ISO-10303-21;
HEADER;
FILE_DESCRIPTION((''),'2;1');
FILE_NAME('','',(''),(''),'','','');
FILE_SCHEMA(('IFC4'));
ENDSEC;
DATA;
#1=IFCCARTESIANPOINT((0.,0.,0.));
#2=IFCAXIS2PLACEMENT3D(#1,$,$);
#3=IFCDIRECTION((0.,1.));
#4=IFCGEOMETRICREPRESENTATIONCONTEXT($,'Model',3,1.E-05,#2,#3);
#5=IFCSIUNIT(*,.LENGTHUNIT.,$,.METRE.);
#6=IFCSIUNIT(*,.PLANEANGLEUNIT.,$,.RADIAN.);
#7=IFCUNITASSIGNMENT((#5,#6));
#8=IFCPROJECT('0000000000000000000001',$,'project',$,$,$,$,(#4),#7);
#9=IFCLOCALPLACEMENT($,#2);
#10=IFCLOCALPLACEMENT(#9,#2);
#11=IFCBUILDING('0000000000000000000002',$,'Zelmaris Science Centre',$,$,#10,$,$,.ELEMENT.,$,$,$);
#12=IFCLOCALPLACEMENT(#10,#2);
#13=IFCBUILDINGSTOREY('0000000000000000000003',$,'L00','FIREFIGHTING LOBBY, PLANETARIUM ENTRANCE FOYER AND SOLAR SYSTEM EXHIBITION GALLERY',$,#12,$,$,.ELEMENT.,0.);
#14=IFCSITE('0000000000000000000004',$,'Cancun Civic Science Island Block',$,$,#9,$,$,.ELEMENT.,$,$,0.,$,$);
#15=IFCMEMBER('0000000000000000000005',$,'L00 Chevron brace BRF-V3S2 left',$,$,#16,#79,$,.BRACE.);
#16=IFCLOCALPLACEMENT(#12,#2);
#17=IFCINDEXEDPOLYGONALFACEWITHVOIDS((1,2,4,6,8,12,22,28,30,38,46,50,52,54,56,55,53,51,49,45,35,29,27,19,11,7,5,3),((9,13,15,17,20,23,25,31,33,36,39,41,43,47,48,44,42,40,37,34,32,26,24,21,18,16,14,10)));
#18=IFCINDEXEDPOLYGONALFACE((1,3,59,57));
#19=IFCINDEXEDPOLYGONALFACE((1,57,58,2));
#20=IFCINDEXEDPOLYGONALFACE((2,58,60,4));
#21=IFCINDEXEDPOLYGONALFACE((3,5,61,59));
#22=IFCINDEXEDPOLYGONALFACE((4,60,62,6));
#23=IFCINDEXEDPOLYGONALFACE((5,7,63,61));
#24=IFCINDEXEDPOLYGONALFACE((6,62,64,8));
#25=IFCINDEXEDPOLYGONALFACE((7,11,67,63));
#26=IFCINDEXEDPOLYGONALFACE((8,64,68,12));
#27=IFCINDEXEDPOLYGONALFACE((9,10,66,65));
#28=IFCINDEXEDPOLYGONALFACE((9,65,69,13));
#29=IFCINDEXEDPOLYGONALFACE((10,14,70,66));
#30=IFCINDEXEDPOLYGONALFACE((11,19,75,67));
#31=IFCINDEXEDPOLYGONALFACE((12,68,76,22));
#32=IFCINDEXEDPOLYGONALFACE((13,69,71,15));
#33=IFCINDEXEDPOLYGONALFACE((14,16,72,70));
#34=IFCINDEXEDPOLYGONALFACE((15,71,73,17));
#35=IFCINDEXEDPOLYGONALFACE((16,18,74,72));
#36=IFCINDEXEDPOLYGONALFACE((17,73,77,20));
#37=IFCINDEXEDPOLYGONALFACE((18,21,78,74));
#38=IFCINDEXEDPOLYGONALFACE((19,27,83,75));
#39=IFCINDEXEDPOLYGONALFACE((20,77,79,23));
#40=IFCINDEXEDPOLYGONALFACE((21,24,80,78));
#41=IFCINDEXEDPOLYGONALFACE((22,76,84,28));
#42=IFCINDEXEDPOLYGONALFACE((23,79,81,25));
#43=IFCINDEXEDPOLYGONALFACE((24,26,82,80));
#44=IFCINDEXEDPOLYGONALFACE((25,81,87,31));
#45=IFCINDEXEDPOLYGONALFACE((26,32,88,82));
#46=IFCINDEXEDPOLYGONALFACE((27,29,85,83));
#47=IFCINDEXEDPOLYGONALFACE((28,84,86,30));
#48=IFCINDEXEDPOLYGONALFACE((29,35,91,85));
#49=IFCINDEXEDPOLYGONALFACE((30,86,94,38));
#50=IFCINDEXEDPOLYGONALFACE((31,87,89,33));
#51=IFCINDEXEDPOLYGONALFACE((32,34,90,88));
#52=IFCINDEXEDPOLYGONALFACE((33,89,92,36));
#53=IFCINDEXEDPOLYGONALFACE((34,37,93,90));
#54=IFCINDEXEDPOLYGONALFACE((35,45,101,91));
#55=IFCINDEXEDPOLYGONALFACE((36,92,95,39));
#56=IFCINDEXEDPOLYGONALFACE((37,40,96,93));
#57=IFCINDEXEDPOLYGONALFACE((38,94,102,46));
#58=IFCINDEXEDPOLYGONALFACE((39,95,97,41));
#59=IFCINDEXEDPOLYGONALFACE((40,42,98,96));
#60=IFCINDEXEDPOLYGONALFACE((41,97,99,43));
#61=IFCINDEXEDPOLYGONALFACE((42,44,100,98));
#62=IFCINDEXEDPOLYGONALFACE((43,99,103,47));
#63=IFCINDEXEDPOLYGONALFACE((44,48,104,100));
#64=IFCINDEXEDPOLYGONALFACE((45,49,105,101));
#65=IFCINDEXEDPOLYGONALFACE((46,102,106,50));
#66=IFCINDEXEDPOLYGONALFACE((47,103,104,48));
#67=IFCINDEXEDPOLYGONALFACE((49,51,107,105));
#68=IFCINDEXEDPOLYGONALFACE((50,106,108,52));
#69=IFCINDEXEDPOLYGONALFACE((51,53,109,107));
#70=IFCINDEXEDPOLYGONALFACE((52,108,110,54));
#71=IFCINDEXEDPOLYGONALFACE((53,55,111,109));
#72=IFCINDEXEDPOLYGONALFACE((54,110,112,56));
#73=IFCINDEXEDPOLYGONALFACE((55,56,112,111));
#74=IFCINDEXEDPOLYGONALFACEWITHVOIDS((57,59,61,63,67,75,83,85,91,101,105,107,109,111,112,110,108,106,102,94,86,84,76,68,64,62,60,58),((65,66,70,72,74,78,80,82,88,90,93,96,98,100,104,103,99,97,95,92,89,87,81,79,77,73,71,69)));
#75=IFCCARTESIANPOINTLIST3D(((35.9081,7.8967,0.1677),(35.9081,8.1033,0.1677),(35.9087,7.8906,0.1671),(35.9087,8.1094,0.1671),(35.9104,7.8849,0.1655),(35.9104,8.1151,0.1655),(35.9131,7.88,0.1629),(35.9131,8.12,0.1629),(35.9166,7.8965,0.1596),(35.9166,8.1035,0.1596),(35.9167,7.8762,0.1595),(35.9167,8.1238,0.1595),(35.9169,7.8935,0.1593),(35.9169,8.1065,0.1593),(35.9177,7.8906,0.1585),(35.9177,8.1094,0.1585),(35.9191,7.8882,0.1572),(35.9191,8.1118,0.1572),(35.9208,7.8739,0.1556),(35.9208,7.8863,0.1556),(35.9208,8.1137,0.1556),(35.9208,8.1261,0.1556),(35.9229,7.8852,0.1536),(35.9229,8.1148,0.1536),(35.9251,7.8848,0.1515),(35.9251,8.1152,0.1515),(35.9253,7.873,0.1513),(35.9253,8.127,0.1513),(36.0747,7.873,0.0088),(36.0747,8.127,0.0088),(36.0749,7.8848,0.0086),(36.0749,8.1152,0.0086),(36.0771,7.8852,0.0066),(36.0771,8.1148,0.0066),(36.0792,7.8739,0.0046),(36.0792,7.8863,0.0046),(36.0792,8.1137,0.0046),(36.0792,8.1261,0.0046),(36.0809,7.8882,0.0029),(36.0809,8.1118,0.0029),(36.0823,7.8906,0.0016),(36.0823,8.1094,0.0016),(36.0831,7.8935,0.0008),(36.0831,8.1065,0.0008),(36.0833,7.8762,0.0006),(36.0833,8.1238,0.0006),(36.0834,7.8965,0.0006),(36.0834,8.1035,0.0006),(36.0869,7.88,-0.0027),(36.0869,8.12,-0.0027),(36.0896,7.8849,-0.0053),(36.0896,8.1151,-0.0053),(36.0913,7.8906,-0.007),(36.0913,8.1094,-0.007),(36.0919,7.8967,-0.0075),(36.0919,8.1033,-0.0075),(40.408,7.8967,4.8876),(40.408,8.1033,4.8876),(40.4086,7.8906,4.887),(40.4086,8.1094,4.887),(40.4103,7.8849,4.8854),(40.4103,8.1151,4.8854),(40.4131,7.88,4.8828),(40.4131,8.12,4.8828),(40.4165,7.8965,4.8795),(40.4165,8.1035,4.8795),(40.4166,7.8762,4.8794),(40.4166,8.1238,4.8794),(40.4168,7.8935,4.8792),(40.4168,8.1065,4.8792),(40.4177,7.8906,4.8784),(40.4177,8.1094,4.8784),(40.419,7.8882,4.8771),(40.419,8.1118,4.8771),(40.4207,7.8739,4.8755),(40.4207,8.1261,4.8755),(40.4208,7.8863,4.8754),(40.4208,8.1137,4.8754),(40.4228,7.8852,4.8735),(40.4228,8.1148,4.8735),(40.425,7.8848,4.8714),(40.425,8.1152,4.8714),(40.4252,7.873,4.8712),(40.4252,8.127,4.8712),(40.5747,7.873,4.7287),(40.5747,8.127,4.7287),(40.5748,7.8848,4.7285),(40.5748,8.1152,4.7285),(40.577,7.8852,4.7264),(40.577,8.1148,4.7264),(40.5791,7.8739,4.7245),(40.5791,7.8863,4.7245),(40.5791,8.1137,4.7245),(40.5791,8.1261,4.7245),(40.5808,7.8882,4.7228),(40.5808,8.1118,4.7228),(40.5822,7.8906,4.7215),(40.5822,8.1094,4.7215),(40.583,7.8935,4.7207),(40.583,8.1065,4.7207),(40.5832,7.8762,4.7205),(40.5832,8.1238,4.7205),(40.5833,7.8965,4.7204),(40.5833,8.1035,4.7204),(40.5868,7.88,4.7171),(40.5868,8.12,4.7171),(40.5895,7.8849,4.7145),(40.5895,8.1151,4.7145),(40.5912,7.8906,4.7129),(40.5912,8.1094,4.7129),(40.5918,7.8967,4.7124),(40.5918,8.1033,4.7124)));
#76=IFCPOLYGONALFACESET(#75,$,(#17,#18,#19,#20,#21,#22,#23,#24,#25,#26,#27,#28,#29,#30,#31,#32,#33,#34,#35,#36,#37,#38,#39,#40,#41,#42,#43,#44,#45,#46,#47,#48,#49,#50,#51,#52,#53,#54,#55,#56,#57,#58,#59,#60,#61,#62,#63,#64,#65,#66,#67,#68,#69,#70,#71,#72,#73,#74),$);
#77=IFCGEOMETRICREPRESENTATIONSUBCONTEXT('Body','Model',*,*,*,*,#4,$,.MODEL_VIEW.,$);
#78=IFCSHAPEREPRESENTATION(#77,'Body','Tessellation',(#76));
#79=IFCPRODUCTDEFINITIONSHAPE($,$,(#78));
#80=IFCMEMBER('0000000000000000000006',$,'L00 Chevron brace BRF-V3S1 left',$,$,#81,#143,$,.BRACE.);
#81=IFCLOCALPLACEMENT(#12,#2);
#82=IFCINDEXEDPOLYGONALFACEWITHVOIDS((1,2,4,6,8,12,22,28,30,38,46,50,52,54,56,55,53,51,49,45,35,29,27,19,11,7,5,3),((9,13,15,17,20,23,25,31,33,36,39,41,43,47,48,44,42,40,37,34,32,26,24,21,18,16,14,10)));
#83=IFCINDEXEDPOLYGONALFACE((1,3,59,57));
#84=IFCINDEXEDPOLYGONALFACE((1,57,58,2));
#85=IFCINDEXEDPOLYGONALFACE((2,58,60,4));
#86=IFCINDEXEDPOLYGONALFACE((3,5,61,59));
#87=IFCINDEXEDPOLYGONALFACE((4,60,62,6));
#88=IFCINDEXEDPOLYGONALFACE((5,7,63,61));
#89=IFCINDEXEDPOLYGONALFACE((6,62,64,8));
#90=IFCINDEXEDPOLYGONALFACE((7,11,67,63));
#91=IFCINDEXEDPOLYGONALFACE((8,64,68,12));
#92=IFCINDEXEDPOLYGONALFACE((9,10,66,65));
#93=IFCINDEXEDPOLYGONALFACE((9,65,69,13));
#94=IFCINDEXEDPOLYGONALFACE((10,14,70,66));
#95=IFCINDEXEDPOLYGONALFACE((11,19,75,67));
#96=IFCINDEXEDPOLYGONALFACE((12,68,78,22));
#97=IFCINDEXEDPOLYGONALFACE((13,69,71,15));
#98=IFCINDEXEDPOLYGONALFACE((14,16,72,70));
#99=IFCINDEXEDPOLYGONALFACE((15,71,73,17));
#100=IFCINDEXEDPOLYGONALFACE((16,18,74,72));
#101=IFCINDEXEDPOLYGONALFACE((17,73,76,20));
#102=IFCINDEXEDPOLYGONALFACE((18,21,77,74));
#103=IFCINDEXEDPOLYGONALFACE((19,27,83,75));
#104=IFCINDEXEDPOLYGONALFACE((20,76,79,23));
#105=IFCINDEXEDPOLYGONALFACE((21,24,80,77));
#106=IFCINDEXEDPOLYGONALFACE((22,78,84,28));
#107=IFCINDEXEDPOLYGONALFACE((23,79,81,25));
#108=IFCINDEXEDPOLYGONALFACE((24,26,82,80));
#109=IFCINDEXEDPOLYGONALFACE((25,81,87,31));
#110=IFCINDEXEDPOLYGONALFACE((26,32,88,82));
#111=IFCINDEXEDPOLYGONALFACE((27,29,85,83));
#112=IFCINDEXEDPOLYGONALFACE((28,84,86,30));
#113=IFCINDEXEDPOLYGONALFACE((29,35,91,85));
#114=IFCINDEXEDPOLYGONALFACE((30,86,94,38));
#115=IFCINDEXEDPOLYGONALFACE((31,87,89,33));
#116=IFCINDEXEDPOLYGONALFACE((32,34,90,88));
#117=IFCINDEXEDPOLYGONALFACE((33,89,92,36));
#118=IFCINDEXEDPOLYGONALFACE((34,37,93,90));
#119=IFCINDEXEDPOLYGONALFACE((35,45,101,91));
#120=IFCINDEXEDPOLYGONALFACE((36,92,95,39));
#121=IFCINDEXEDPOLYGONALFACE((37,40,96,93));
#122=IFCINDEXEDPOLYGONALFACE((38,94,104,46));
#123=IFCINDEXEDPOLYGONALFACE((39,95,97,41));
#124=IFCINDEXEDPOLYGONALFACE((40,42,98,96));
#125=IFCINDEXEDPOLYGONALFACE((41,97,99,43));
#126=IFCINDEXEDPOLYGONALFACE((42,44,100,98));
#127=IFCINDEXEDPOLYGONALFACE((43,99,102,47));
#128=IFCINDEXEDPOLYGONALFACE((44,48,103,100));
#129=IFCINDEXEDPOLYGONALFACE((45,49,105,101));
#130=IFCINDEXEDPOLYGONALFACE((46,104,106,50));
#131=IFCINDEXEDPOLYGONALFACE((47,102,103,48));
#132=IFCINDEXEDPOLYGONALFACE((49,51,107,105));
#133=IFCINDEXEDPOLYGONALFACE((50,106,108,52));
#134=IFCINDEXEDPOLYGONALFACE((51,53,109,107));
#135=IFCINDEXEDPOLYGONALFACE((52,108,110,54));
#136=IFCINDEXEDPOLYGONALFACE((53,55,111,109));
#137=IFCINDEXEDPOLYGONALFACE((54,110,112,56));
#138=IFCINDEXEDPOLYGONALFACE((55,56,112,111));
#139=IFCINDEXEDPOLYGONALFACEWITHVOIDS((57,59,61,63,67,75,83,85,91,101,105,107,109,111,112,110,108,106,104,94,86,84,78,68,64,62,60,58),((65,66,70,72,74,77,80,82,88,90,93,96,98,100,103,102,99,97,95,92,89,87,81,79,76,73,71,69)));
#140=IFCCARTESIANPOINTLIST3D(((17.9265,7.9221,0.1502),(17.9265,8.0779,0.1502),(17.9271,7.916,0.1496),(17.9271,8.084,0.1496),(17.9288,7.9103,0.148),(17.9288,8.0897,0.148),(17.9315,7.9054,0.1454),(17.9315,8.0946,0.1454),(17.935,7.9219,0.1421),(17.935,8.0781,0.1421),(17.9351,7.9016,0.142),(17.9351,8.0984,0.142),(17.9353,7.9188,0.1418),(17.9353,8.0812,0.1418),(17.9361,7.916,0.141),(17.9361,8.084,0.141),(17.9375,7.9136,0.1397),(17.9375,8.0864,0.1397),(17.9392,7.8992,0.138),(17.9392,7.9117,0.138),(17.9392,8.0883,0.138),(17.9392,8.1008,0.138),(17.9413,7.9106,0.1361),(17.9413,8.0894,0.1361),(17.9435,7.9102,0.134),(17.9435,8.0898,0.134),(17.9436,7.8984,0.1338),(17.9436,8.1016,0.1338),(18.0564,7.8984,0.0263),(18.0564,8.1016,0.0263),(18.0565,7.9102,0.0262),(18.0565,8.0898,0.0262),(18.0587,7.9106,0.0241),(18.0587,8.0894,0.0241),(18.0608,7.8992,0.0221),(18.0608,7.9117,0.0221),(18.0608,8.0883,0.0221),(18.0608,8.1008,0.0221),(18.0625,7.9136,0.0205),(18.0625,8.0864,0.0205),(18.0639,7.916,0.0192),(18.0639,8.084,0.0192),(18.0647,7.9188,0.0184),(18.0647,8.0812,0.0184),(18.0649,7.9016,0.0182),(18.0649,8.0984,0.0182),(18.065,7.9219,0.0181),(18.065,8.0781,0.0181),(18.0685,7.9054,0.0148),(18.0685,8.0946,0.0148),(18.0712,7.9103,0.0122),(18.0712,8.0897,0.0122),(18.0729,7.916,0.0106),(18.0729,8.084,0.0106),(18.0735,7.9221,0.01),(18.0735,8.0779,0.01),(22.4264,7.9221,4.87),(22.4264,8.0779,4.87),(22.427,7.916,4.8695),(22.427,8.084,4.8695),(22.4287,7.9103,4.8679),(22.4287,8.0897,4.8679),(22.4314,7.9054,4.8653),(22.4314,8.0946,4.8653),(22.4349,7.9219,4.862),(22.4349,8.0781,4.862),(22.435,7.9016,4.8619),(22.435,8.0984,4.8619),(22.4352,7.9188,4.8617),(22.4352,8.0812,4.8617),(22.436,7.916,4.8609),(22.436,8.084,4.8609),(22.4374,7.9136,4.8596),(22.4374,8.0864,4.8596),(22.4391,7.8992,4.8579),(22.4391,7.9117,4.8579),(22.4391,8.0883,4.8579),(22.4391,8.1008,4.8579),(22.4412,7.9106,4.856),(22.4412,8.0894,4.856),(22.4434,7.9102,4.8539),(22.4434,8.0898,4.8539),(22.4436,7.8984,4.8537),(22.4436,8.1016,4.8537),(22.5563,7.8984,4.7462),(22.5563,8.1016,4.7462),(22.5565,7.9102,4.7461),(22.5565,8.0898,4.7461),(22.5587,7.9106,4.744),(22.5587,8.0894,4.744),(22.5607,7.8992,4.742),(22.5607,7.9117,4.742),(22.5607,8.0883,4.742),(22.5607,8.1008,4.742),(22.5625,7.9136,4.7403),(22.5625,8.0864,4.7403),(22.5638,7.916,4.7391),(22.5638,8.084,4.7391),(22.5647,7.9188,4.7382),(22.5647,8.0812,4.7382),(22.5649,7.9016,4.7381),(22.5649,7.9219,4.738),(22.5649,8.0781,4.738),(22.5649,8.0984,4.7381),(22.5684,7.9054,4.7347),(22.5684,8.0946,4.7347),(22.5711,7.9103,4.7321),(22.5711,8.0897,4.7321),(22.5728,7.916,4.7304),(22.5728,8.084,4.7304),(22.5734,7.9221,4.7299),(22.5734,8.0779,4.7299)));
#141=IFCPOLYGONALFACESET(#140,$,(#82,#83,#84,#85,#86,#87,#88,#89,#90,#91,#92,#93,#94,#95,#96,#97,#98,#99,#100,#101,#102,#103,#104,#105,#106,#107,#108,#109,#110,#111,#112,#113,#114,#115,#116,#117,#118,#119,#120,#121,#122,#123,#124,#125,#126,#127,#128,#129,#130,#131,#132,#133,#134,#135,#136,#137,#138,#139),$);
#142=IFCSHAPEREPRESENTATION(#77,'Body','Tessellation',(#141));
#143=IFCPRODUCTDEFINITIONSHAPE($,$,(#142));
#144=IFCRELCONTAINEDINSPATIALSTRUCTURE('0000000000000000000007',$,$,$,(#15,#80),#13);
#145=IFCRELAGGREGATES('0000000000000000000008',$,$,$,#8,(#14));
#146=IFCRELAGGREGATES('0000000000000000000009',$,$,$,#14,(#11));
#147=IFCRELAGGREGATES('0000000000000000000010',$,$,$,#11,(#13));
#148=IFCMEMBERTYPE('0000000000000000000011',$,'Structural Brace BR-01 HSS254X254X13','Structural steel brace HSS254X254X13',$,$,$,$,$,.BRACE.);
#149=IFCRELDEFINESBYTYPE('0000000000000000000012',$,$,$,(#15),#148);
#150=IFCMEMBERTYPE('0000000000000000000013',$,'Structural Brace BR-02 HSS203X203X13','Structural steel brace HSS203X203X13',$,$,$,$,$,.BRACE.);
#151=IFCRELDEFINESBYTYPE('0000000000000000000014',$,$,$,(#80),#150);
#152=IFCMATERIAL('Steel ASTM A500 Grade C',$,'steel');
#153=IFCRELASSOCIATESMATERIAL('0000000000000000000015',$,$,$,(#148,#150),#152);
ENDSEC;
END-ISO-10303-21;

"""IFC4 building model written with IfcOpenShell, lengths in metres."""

from ifc_helpers import new_model, si_unit, direction, frame, origin, origin_2d, place, context, subcontext, project, spatial, hollow_rectangle, extrude, material, material_profile, profile_set, type_object, element, save


model = new_model("IFC4")

# Units and contexts
model_context = context("Model", 3, precision=1e-05, world=origin(), true_north=direction((0.0, 1.0)))
body_context = subcontext(model_context, "Body", "Model", "MODEL_VIEW")
ifc_project = project(units=[si_unit("LENGTHUNIT", "METRE"), si_unit("PLANEANGLEUNIT", "RADIAN")], contexts=[model_context])

# Site, building, storey
site_placement = place(None, origin())
site = spatial("IfcSite", under=ifc_project, at=site_placement, Name="Cancun Civic Science Island Block", CompositionType="ELEMENT", RefElevation=0.0)
building_placement = place(site_placement, origin())
building = spatial("IfcBuilding", under=site, at=building_placement, Name="Zelmaris Science Centre", CompositionType="ELEMENT")
storey_placement = place(building_placement, origin())
storey = spatial("IfcBuildingStorey", under=building, at=storey_placement, Name="L00", Description="FIREFIGHTING LOBBY, PLANETARIUM ENTRANCE FOYER AND SOLAR SYSTEM EXHIBITION GALLERY", CompositionType="ELEMENT", Elevation=0.0)

# Members
ifc_material_1 = material(Name="Steel ASTM A500 Grade C", Category="steel")
ifc_material_profile_1 = material_profile(ifc_material_1, hollow_rectangle(XDim=0.2539, YDim=0.2539, WallThickness=0.0117, InnerFilletRadius=0.0117, OuterFilletRadius=0.0237, at=origin_2d()), Name="HSS254X254X13")
ifc_profile_set_1 = profile_set([ifc_material_profile_1], Name="Steel ASTM A500 Grade C")
member_type_1 = type_object("IfcMemberType", Name="Structural Brace BR-01 HSS254X254X13", Description="Structural steel brace HSS254X254X13", PredefinedType="BRACE", material=ifc_profile_set_1)
member_placement = place(storey_placement, frame((36.0, 8.0, 0.0801), z_axis=(0.69004, 0.0, 0.723771), x_axis=(0.0, 1.0, 0.0)))
element("IfcMember", 1, at=member_placement, inside=storey, type_object=member_type_1, Name="L00 Chevron brace BRF-V3S2 left", PredefinedType="BRACE", context=body_context, shape_type="SweptSolid", body=[
    extrude(hollow_rectangle(XDim=0.2539, YDim=0.2539, WallThickness=0.0117, InnerFilletRadius=0.0117, OuterFilletRadius=0.0237, at=origin_2d()), origin(), (0.0, 0.0, 1.0), 6.5212),
])
ifc_material_profile_2 = material_profile(ifc_material_1, hollow_rectangle(XDim=0.2031, YDim=0.2031, WallThickness=0.0117, InnerFilletRadius=0.0117, OuterFilletRadius=0.0237, at=origin_2d()), Name="HSS203X203X13")
ifc_profile_set_2 = profile_set([ifc_material_profile_2], Name="Steel ASTM A500 Grade C")
member_type_2 = type_object("IfcMemberType", Name="Structural Brace BR-02 HSS203X203X13", Description="Structural steel brace HSS203X203X13", PredefinedType="BRACE", material=ifc_profile_set_2)
for number, where, z_axis, x_axis, name in (
    (2, (18.0, 8.0, 0.0801), (0.69004, 0.0, 0.723771), (0.0, 1.0, 0.0), "L00 Chevron brace BRF-V3S1 left"),
):
    element("IfcMember", number, at=place(storey_placement, frame(where, z_axis=z_axis, x_axis=x_axis)), inside=storey, type_object=member_type_2, Name=name, PredefinedType="BRACE", context=body_context, shape_type="SweptSolid", body=[
        extrude(hollow_rectangle(XDim=0.2031, YDim=0.2031, WallThickness=0.0117, InnerFilletRadius=0.0117, OuterFilletRadius=0.0237, at=origin_2d()), origin(), (0.0, 0.0, 1.0), 6.5212),
    ])

save(model, "model.ifc")
